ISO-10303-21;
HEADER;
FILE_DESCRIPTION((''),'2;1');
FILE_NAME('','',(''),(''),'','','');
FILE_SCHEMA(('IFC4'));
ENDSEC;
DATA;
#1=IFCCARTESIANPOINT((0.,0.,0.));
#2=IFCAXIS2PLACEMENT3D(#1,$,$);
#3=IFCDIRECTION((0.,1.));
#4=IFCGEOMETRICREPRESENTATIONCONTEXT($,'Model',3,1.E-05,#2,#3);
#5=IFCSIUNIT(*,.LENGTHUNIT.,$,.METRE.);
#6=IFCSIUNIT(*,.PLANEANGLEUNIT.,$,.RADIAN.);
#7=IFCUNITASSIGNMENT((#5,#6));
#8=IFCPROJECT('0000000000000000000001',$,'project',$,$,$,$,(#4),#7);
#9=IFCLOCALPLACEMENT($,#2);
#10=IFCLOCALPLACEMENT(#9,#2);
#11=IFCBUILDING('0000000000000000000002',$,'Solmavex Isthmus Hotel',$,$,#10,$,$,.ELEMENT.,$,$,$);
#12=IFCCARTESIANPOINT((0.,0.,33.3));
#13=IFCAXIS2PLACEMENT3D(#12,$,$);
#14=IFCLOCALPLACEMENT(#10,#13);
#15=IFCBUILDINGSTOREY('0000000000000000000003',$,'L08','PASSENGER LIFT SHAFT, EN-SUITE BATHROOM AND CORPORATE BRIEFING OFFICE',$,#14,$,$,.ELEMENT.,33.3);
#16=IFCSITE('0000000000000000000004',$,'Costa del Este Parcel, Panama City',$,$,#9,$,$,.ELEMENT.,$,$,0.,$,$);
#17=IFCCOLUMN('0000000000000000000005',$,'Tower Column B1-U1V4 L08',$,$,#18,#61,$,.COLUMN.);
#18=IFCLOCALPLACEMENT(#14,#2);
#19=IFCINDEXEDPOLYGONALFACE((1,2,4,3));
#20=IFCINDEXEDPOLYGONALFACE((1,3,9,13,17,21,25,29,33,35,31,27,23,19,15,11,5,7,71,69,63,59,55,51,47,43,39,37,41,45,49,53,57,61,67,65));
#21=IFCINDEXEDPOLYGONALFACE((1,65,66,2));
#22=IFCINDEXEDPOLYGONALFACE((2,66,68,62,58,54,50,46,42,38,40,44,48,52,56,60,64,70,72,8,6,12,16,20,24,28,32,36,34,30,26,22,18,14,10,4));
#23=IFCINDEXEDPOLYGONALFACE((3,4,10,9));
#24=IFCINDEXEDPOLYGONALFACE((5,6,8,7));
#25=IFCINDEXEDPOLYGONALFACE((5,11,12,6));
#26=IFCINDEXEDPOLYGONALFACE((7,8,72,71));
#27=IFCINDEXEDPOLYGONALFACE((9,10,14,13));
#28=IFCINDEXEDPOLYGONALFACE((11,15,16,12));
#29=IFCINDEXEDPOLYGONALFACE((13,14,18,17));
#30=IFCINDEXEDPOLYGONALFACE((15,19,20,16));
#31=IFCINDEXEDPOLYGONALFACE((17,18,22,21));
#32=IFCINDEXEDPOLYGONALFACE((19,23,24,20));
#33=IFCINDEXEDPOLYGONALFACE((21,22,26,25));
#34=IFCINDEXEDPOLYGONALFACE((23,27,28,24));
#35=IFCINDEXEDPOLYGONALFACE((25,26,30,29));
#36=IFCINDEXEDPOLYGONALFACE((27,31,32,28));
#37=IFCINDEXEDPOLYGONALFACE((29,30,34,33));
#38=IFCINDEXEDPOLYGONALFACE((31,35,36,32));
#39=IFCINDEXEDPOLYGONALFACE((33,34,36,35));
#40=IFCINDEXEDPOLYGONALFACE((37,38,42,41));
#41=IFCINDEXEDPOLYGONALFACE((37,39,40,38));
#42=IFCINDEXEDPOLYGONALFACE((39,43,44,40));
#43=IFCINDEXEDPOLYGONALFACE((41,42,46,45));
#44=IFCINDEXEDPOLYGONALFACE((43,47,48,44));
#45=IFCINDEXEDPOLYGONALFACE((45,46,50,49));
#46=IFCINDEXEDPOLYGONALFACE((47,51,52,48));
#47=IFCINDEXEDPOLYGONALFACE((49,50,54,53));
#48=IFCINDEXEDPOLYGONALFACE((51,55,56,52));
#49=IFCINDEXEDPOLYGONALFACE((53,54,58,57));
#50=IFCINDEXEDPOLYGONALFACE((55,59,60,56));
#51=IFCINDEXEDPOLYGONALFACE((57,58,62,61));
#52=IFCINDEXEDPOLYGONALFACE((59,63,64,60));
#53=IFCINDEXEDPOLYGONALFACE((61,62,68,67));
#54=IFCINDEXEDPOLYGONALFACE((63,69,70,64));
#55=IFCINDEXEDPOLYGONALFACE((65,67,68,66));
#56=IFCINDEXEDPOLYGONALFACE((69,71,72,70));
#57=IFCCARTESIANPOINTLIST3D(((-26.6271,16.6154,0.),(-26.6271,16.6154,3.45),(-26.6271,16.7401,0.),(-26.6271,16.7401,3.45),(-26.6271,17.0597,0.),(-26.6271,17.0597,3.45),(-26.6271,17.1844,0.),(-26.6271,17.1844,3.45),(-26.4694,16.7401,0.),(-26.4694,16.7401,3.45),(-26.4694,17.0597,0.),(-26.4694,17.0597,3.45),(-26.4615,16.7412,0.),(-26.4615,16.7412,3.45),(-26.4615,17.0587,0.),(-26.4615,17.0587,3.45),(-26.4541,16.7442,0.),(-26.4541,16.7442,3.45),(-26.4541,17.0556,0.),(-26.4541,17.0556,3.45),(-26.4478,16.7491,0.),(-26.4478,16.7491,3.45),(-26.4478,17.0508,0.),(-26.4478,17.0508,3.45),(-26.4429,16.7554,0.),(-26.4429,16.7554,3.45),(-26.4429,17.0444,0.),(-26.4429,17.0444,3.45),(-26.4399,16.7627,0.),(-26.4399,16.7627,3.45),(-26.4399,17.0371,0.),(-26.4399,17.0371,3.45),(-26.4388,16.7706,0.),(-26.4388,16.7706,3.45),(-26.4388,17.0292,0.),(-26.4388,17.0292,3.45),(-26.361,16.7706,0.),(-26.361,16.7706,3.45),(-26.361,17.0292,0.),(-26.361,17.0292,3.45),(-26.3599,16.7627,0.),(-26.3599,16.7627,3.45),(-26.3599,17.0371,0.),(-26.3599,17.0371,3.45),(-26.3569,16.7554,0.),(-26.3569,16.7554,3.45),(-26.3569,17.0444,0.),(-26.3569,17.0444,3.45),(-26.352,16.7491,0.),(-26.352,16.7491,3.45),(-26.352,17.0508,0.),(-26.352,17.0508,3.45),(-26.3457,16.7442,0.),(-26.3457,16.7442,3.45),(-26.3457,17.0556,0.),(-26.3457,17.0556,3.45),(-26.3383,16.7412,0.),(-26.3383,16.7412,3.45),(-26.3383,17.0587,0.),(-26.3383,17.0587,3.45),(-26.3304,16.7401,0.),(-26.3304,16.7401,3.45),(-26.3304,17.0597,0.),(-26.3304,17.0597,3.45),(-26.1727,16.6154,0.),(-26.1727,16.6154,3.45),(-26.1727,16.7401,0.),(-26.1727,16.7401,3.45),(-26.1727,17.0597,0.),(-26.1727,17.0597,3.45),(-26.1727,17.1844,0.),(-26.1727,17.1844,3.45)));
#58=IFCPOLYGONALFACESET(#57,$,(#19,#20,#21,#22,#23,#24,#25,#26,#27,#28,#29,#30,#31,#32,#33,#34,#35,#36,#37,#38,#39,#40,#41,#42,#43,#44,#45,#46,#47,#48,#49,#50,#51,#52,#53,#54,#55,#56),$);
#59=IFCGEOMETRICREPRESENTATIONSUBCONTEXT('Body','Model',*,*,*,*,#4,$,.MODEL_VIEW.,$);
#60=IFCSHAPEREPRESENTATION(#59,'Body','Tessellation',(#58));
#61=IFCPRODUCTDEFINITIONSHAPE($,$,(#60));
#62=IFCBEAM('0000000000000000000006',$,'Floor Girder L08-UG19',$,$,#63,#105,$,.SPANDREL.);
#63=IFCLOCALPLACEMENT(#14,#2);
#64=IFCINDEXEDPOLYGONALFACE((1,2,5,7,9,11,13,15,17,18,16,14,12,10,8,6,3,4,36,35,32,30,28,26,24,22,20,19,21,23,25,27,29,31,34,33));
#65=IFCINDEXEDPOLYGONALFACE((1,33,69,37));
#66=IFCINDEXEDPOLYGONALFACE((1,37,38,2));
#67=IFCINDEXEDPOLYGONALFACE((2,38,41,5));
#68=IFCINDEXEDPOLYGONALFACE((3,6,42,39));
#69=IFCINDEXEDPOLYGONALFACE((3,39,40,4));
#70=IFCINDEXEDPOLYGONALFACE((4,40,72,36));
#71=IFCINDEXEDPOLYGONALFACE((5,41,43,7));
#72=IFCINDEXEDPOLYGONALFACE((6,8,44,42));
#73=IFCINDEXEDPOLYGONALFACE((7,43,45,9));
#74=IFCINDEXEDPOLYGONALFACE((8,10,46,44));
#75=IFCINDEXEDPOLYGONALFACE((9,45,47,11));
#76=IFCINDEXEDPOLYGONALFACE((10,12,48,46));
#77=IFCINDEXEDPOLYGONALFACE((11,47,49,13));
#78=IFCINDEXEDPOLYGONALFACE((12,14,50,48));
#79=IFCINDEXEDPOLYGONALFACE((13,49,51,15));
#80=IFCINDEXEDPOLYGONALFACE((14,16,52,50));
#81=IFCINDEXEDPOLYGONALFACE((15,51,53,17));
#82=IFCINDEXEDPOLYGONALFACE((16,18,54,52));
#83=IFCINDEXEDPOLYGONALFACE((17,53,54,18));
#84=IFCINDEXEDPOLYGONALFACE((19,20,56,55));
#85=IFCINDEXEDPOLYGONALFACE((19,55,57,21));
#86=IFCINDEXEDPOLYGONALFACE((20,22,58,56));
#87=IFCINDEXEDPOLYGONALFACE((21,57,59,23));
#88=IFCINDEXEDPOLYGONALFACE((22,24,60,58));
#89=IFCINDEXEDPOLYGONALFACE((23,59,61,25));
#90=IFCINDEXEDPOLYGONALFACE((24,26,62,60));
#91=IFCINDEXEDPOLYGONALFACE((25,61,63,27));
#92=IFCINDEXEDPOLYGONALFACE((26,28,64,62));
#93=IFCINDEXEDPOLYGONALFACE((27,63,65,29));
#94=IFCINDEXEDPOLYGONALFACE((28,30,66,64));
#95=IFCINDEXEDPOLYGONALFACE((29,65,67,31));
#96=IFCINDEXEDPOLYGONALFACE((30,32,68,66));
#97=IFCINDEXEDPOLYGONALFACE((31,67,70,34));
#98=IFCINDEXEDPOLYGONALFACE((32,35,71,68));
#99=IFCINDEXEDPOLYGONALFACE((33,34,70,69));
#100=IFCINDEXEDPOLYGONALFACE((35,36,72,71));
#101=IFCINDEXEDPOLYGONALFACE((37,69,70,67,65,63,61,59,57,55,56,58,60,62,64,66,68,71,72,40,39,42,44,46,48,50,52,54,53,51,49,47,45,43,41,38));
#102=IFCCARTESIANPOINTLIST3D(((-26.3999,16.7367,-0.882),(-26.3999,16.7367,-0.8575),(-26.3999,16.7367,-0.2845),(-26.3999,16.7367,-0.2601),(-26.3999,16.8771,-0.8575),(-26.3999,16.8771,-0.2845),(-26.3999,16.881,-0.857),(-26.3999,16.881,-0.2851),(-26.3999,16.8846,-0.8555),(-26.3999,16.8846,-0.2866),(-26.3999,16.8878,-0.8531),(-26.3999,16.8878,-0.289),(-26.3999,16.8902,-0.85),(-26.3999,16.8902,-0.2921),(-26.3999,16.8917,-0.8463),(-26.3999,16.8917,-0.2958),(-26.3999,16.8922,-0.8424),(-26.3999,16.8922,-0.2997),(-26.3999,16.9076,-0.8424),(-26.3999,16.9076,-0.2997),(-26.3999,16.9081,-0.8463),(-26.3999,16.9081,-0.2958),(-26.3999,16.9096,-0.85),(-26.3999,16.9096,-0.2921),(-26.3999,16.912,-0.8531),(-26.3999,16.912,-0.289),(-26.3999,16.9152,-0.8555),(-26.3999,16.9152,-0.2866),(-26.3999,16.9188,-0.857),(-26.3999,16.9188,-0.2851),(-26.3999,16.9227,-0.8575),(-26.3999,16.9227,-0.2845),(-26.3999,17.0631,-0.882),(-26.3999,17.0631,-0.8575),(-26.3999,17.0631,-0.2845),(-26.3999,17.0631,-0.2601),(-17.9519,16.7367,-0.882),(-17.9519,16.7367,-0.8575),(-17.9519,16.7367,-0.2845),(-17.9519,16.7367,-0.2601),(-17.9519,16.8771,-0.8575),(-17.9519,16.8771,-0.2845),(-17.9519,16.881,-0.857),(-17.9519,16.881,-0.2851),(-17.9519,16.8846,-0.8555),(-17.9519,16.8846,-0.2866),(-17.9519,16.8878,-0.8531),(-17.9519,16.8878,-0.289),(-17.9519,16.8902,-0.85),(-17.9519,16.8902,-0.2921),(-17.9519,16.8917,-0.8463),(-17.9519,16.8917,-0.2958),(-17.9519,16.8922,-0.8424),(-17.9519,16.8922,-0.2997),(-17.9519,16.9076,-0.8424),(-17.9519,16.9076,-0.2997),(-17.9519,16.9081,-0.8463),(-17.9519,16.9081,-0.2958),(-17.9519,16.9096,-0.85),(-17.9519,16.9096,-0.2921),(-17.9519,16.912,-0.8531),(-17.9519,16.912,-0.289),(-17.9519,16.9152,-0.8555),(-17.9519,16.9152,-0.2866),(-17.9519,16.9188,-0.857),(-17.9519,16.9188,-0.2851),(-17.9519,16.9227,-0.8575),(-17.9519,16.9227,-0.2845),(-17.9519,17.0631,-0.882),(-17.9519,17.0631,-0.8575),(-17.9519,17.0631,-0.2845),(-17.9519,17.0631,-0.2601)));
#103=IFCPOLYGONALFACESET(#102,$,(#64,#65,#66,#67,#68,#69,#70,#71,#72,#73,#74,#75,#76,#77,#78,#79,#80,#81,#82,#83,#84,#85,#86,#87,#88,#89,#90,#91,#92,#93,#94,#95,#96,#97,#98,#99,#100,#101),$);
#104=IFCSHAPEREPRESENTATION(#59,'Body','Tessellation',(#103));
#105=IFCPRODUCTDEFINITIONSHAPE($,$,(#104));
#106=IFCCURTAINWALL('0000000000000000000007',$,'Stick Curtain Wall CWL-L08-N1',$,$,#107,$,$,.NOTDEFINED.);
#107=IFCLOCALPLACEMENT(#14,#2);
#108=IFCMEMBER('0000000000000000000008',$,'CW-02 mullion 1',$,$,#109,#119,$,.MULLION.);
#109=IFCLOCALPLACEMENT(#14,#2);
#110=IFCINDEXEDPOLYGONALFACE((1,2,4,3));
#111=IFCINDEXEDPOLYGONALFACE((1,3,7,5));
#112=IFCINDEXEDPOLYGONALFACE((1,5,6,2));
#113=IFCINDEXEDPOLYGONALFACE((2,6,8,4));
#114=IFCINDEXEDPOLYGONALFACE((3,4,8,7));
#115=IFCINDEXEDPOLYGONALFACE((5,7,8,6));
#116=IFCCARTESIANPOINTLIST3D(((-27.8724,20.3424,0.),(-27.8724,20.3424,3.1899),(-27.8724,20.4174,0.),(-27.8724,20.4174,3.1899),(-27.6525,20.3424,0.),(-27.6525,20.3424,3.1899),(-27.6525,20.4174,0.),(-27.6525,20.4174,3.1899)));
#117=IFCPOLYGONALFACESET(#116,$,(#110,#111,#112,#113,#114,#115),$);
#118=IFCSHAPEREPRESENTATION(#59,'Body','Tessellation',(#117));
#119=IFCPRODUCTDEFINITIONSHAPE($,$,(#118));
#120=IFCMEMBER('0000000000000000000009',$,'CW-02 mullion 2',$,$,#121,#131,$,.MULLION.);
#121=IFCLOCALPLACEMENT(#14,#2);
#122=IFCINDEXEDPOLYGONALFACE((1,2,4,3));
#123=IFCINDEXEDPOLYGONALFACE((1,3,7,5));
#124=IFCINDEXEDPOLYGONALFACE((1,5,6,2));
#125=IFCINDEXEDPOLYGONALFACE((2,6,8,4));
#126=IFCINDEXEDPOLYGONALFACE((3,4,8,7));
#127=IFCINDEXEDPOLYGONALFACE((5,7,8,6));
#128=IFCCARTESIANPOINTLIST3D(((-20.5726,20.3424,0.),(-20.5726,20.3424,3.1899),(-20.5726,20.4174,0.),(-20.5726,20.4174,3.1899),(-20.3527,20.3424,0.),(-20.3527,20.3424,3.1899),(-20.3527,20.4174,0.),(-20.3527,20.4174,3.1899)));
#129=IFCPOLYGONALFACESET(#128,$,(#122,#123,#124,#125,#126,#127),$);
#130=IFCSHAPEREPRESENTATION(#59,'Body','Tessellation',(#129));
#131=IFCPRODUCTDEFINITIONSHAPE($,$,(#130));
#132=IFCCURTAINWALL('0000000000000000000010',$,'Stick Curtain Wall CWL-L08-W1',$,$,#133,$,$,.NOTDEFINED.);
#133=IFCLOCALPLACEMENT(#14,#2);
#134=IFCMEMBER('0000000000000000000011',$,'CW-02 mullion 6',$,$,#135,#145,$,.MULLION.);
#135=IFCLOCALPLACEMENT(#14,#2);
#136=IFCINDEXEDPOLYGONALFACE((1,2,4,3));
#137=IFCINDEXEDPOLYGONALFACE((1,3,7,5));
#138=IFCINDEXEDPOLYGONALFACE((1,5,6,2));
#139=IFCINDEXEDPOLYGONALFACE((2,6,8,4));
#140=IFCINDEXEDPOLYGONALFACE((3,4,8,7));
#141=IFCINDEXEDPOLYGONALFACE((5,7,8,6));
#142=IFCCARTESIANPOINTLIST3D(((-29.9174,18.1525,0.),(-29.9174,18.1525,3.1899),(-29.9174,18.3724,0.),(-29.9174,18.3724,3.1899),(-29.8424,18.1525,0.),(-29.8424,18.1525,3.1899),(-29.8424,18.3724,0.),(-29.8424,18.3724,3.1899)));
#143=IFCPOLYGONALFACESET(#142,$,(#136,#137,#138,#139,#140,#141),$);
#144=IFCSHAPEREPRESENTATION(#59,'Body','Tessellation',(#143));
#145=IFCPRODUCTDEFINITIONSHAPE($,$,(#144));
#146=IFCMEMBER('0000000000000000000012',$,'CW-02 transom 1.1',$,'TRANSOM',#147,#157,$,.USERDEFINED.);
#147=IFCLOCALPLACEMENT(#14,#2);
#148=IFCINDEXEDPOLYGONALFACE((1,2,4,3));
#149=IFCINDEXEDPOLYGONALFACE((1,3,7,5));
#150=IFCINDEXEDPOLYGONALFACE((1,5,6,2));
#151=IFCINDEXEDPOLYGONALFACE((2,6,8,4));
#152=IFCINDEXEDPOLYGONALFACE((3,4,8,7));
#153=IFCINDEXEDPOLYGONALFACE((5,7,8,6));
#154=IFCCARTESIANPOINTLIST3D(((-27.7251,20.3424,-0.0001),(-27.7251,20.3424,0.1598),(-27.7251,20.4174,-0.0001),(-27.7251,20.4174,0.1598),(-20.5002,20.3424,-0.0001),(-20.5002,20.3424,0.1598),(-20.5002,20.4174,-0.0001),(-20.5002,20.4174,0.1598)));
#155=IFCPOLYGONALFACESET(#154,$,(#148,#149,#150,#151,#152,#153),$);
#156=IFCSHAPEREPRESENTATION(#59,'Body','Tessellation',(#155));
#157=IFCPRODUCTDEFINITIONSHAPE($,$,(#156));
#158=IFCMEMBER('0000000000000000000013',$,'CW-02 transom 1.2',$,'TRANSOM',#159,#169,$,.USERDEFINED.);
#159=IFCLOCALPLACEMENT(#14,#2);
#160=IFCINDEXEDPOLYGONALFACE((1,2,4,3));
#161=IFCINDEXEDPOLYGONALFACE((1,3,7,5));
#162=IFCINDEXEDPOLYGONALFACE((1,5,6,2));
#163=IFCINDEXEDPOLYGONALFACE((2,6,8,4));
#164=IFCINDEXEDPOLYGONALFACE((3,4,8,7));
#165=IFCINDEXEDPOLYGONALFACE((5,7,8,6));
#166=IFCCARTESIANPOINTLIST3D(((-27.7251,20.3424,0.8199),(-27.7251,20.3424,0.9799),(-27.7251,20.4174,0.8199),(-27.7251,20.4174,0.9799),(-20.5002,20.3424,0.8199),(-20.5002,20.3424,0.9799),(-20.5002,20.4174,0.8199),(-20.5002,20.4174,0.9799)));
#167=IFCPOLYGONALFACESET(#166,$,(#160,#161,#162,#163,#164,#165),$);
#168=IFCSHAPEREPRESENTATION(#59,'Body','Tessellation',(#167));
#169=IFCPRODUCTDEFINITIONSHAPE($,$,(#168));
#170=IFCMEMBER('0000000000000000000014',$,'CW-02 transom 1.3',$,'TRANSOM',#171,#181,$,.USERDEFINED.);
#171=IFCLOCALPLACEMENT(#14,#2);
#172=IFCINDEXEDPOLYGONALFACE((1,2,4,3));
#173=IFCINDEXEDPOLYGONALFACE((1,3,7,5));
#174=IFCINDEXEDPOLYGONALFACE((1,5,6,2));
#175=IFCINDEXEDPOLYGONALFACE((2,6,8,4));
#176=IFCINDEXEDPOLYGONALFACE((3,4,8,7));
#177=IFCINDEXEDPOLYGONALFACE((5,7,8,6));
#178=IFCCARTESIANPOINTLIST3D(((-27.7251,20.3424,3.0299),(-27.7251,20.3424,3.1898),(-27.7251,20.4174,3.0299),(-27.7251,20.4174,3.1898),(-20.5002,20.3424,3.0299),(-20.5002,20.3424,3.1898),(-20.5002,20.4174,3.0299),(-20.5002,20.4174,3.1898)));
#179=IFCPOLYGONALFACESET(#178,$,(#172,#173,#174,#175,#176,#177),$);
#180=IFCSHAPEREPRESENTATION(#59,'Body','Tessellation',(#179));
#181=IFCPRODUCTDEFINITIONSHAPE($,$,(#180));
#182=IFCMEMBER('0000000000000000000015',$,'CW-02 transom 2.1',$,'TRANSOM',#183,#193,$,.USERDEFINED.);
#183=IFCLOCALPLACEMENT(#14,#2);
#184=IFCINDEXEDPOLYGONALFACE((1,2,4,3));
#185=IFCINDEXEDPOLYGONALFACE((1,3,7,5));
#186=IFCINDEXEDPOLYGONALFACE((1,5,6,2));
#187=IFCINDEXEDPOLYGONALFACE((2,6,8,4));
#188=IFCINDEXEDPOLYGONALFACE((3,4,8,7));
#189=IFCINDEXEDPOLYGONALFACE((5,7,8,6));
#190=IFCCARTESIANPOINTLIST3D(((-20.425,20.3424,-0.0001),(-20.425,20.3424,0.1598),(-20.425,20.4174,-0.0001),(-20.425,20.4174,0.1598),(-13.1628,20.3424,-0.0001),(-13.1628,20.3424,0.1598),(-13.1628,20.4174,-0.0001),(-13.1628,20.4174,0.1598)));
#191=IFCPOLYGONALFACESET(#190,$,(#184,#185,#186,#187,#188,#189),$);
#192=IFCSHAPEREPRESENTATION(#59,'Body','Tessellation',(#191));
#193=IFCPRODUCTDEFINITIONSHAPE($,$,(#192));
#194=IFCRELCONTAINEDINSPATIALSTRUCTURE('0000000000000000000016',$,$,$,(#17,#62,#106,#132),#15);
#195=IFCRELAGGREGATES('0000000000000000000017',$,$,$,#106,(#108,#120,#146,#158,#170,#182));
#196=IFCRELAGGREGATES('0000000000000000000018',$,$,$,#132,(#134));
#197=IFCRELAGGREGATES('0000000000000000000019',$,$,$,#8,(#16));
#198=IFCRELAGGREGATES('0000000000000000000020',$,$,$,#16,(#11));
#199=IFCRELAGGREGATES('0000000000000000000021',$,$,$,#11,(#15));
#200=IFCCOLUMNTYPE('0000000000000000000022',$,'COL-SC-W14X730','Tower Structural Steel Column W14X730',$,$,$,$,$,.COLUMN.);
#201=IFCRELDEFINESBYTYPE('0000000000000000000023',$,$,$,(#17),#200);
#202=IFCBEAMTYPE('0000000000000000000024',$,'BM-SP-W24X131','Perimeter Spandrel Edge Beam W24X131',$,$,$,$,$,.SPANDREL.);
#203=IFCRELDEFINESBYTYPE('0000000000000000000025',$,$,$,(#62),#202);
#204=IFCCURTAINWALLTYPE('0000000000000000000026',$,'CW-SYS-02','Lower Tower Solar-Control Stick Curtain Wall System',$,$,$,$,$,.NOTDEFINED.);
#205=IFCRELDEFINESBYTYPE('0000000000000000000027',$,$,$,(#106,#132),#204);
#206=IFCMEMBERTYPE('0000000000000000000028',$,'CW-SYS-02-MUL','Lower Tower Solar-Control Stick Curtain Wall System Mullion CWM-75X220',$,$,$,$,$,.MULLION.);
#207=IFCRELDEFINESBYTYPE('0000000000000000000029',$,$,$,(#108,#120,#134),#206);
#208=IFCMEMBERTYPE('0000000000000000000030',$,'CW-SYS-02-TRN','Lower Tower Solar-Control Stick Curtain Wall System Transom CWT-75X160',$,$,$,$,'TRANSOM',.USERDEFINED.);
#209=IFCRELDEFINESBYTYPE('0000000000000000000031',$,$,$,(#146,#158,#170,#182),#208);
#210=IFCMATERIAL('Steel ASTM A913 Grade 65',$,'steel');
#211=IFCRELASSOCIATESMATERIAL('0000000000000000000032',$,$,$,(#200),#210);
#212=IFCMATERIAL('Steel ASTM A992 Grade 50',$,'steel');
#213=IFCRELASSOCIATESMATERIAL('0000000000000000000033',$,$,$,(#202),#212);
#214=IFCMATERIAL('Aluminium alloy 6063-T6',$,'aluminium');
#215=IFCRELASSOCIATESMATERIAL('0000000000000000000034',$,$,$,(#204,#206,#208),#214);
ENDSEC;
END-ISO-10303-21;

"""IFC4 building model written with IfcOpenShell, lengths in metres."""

from ifc_helpers import new_model, si_unit, direction, frame, origin, origin_2d, place, context, subcontext, project, spatial, rectangle, i_section, extrude, material, material_profile, profile_set, type_object, element, aggregate, save


model = new_model("IFC4")

# Units and contexts
model_context = context("Model", 3, precision=1e-05, world=origin(), true_north=direction((0.0, 1.0)))
body_context = subcontext(model_context, "Body", "Model", "MODEL_VIEW")
ifc_project = project(units=[si_unit("LENGTHUNIT", "METRE"), si_unit("PLANEANGLEUNIT", "RADIAN")], contexts=[model_context])

# Site, building, storey
site_placement = place(None, origin())
site = spatial("IfcSite", under=ifc_project, at=site_placement, Name="Costa del Este Parcel, Panama City", CompositionType="ELEMENT", RefElevation=0.0)
building_placement = place(site_placement, origin())
building = spatial("IfcBuilding", under=site, at=building_placement, Name="Solmavex Isthmus Hotel", CompositionType="ELEMENT")
storey_placement = place(building_placement, frame((0.0, 0.0, 33.3)))
storey = spatial("IfcBuildingStorey", under=building, at=storey_placement, Name="L08", Description="PASSENGER LIFT SHAFT, EN-SUITE BATHROOM AND CORPORATE BRIEFING OFFICE", CompositionType="ELEMENT", Elevation=33.3)

# Column
ifc_material_1 = material(Name="Steel ASTM A913 Grade 65", Category="steel")
ifc_material_profile_1 = material_profile(ifc_material_1, i_section(OverallWidth=0.4543, OverallDepth=0.5691, WebThickness=0.0779, FlangeThickness=0.1248, FilletRadius=0.0305, at=origin_2d()), Name="W14X730")
ifc_profile_set_1 = profile_set([ifc_material_profile_1], Name="Steel ASTM A913 Grade 65")
column_type = type_object("IfcColumnType", Name="COL-SC-W14X730", Description="Tower Structural Steel Column W14X730", PredefinedType="COLUMN", material=ifc_profile_set_1)
column_placement = place(storey_placement, frame((-26.3999, 16.8999, 0.0), z_axis=(0.0, 0.0, 1.0), x_axis=(1.0, 0.0, 0.0)))
element("IfcColumn", 1, at=column_placement, inside=storey, type_object=column_type, Name="Tower Column B1-U1V4 L08", PredefinedType="COLUMN", context=body_context, shape_type="SweptSolid", body=[
    extrude(i_section(OverallWidth=0.4543, OverallDepth=0.5691, WebThickness=0.0779, FlangeThickness=0.1248, FilletRadius=0.0305, at=origin_2d()), origin(), (0.0, 0.0, 1.0), 3.45),
])

# Beam
ifc_material_2 = material(Name="Steel ASTM A992 Grade 50", Category="steel")
ifc_material_profile_2 = material_profile(ifc_material_2, i_section(OverallWidth=0.3264, OverallDepth=0.6218, WebThickness=0.0154, FlangeThickness=0.0244, FilletRadius=0.0151, at=origin_2d()), Name="W24X131")
ifc_profile_set_2 = profile_set([ifc_material_profile_2], Name="Steel ASTM A992 Grade 50")
beam_type = type_object("IfcBeamType", Name="BM-SP-W24X131", Description="Perimeter Spandrel Edge Beam W24X131", PredefinedType="SPANDREL", material=ifc_profile_set_2)
beam_placement = place(storey_placement, frame((-26.3999, 16.8999, -0.571), z_axis=(1.0, 0.0, 0.0), x_axis=(0.0, 1.0, 0.0)))
element("IfcBeam", 2, at=beam_placement, inside=storey, type_object=beam_type, Name="Floor Girder L08-UG19", PredefinedType="SPANDREL", context=body_context, shape_type="SweptSolid", body=[
    extrude(i_section(OverallWidth=0.3264, OverallDepth=0.6218, WebThickness=0.0154, FlangeThickness=0.0244, FilletRadius=0.0151, at=origin_2d()), origin(), (0.0, 0.0, 1.0), 8.448),
])

# Curtain wall, members
ifc_material_3 = material(Name="Aluminium alloy 6063-T6", Category="aluminium")
curtain_wall_type = type_object("IfcCurtainWallType", Name="CW-SYS-02", Description="Lower Tower Solar-Control Stick Curtain Wall System", PredefinedType="NOTDEFINED", material=ifc_material_3)
curtain_wall_1_placement = place(storey_placement, origin())
curtain_wall_1 = element("IfcCurtainWall", 3, at=curtain_wall_1_placement, inside=storey, type_object=curtain_wall_type, Name="Stick Curtain Wall CWL-L08-N1", PredefinedType="NOTDEFINED")
ifc_material_profile_3 = material_profile(ifc_material_3, rectangle(XDim=0.075, YDim=0.22, at=origin_2d()), Name="CWM-75X220")
ifc_profile_set_3 = profile_set([ifc_material_profile_3], Name="Aluminium alloy 6063-T6")
member_type_1 = type_object("IfcMemberType", Name="CW-SYS-02-MUL", Description="Lower Tower Solar-Control Stick Curtain Wall System Mullion CWM-75X220", PredefinedType="MULLION", material=ifc_profile_set_3)
member_1_placement = place(storey_placement, frame((-27.7625, 20.3799, 0.0), z_axis=(0.0, 0.0, 1.0), x_axis=(0.0, 1.0, 0.0)))
member_1 = element("IfcMember", 4, at=member_1_placement, type_object=member_type_1, Name="CW-02 mullion 1", PredefinedType="MULLION", context=body_context, shape_type="SweptSolid", body=[
    extrude(rectangle(XDim=0.075, YDim=0.22, at=origin_2d()), origin(), (0.0, 0.0, 1.0), 3.1899),
])
member_2_placement = place(storey_placement, frame((-20.4626, 20.3799, 0.0), z_axis=(0.0, 0.0, 1.0), x_axis=(0.0, 1.0, 0.0)))
member_2 = element("IfcMember", 5, at=member_2_placement, type_object=member_type_1, Name="CW-02 mullion 2", PredefinedType="MULLION", context=body_context, shape_type="SweptSolid", body=[
    extrude(rectangle(XDim=0.075, YDim=0.22, at=origin_2d()), origin(), (0.0, 0.0, 1.0), 3.1899),
])

# Curtain wall, member
curtain_wall_2_placement = place(storey_placement, origin())
curtain_wall_2 = element("IfcCurtainWall", 6, at=curtain_wall_2_placement, inside=storey, type_object=curtain_wall_type, Name="Stick Curtain Wall CWL-L08-W1", PredefinedType="NOTDEFINED")
member_3_placement = place(storey_placement, frame((-29.8799, 18.2625, 0.0), z_axis=(0.0, 0.0, 1.0), x_axis=(-1.0, 0.0, 0.0)))
member_3 = element("IfcMember", 7, at=member_3_placement, type_object=member_type_1, Name="CW-02 mullion 6", PredefinedType="MULLION", context=body_context, shape_type="SweptSolid", body=[
    extrude(rectangle(XDim=0.075, YDim=0.22, at=origin_2d()), origin(), (0.0, 0.0, 1.0), 3.1899),
])

# Members
ifc_material_profile_4 = material_profile(ifc_material_3, rectangle(XDim=0.075, YDim=0.1599, at=origin_2d()), Name="CWT-75X160")
ifc_profile_set_4 = profile_set([ifc_material_profile_4], Name="Aluminium alloy 6063-T6")
member_type_2 = type_object("IfcMemberType", Name="CW-SYS-02-TRN", Description="Lower Tower Solar-Control Stick Curtain Wall System Transom CWT-75X160", ElementType="TRANSOM", PredefinedType="USERDEFINED", material=ifc_profile_set_4)
member_4_placement = place(storey_placement, frame((-27.7251, 20.3799, 0.0798), z_axis=(1.0, 0.0, 0.0), x_axis=(0.0, 1.0, 0.0)))
member_4 = element("IfcMember", 8, at=member_4_placement, type_object=member_type_2, Name="CW-02 transom 1.1", ObjectType="TRANSOM", PredefinedType="USERDEFINED", context=body_context, shape_type="SweptSolid", body=[
    extrude(rectangle(XDim=0.075, YDim=0.1599, at=origin_2d()), origin(), (0.0, 0.0, 1.0), 7.2249),
])
member_5_placement = place(storey_placement, frame((-27.7251, 20.3799, 0.8999), z_axis=(1.0, 0.0, 0.0), x_axis=(0.0, 1.0, 0.0)))
member_5 = element("IfcMember", 9, at=member_5_placement, type_object=member_type_2, Name="CW-02 transom 1.2", ObjectType="TRANSOM", PredefinedType="USERDEFINED", context=body_context, shape_type="SweptSolid", body=[
    extrude(rectangle(XDim=0.075, YDim=0.1599, at=origin_2d()), origin(), (0.0, 0.0, 1.0), 7.2249),
])
member_6_placement = place(storey_placement, frame((-27.7251, 20.3799, 3.1099), z_axis=(1.0, 0.0, 0.0), x_axis=(0.0, 1.0, 0.0)))
member_6 = element("IfcMember", 10, at=member_6_placement, type_object=member_type_2, Name="CW-02 transom 1.3", ObjectType="TRANSOM", PredefinedType="USERDEFINED", context=body_context, shape_type="SweptSolid", body=[
    extrude(rectangle(XDim=0.075, YDim=0.1599, at=origin_2d()), origin(), (0.0, 0.0, 1.0), 7.2249),
])
member_7_placement = place(storey_placement, frame((-20.425, 20.3799, 0.0798), z_axis=(1.0, 0.0, 0.0), x_axis=(0.0, 1.0, 0.0)))
member_7 = element("IfcMember", 11, at=member_7_placement, type_object=member_type_2, Name="CW-02 transom 2.1", ObjectType="TRANSOM", PredefinedType="USERDEFINED", context=body_context, shape_type="SweptSolid", body=[
    extrude(rectangle(XDim=0.075, YDim=0.1599, at=origin_2d()), origin(), (0.0, 0.0, 1.0), 7.2622),
])

aggregate(curtain_wall_1, [member_1, member_2, member_4, member_5, member_6, member_7])
aggregate(curtain_wall_2, [member_3])

save(model, "model.ifc")
